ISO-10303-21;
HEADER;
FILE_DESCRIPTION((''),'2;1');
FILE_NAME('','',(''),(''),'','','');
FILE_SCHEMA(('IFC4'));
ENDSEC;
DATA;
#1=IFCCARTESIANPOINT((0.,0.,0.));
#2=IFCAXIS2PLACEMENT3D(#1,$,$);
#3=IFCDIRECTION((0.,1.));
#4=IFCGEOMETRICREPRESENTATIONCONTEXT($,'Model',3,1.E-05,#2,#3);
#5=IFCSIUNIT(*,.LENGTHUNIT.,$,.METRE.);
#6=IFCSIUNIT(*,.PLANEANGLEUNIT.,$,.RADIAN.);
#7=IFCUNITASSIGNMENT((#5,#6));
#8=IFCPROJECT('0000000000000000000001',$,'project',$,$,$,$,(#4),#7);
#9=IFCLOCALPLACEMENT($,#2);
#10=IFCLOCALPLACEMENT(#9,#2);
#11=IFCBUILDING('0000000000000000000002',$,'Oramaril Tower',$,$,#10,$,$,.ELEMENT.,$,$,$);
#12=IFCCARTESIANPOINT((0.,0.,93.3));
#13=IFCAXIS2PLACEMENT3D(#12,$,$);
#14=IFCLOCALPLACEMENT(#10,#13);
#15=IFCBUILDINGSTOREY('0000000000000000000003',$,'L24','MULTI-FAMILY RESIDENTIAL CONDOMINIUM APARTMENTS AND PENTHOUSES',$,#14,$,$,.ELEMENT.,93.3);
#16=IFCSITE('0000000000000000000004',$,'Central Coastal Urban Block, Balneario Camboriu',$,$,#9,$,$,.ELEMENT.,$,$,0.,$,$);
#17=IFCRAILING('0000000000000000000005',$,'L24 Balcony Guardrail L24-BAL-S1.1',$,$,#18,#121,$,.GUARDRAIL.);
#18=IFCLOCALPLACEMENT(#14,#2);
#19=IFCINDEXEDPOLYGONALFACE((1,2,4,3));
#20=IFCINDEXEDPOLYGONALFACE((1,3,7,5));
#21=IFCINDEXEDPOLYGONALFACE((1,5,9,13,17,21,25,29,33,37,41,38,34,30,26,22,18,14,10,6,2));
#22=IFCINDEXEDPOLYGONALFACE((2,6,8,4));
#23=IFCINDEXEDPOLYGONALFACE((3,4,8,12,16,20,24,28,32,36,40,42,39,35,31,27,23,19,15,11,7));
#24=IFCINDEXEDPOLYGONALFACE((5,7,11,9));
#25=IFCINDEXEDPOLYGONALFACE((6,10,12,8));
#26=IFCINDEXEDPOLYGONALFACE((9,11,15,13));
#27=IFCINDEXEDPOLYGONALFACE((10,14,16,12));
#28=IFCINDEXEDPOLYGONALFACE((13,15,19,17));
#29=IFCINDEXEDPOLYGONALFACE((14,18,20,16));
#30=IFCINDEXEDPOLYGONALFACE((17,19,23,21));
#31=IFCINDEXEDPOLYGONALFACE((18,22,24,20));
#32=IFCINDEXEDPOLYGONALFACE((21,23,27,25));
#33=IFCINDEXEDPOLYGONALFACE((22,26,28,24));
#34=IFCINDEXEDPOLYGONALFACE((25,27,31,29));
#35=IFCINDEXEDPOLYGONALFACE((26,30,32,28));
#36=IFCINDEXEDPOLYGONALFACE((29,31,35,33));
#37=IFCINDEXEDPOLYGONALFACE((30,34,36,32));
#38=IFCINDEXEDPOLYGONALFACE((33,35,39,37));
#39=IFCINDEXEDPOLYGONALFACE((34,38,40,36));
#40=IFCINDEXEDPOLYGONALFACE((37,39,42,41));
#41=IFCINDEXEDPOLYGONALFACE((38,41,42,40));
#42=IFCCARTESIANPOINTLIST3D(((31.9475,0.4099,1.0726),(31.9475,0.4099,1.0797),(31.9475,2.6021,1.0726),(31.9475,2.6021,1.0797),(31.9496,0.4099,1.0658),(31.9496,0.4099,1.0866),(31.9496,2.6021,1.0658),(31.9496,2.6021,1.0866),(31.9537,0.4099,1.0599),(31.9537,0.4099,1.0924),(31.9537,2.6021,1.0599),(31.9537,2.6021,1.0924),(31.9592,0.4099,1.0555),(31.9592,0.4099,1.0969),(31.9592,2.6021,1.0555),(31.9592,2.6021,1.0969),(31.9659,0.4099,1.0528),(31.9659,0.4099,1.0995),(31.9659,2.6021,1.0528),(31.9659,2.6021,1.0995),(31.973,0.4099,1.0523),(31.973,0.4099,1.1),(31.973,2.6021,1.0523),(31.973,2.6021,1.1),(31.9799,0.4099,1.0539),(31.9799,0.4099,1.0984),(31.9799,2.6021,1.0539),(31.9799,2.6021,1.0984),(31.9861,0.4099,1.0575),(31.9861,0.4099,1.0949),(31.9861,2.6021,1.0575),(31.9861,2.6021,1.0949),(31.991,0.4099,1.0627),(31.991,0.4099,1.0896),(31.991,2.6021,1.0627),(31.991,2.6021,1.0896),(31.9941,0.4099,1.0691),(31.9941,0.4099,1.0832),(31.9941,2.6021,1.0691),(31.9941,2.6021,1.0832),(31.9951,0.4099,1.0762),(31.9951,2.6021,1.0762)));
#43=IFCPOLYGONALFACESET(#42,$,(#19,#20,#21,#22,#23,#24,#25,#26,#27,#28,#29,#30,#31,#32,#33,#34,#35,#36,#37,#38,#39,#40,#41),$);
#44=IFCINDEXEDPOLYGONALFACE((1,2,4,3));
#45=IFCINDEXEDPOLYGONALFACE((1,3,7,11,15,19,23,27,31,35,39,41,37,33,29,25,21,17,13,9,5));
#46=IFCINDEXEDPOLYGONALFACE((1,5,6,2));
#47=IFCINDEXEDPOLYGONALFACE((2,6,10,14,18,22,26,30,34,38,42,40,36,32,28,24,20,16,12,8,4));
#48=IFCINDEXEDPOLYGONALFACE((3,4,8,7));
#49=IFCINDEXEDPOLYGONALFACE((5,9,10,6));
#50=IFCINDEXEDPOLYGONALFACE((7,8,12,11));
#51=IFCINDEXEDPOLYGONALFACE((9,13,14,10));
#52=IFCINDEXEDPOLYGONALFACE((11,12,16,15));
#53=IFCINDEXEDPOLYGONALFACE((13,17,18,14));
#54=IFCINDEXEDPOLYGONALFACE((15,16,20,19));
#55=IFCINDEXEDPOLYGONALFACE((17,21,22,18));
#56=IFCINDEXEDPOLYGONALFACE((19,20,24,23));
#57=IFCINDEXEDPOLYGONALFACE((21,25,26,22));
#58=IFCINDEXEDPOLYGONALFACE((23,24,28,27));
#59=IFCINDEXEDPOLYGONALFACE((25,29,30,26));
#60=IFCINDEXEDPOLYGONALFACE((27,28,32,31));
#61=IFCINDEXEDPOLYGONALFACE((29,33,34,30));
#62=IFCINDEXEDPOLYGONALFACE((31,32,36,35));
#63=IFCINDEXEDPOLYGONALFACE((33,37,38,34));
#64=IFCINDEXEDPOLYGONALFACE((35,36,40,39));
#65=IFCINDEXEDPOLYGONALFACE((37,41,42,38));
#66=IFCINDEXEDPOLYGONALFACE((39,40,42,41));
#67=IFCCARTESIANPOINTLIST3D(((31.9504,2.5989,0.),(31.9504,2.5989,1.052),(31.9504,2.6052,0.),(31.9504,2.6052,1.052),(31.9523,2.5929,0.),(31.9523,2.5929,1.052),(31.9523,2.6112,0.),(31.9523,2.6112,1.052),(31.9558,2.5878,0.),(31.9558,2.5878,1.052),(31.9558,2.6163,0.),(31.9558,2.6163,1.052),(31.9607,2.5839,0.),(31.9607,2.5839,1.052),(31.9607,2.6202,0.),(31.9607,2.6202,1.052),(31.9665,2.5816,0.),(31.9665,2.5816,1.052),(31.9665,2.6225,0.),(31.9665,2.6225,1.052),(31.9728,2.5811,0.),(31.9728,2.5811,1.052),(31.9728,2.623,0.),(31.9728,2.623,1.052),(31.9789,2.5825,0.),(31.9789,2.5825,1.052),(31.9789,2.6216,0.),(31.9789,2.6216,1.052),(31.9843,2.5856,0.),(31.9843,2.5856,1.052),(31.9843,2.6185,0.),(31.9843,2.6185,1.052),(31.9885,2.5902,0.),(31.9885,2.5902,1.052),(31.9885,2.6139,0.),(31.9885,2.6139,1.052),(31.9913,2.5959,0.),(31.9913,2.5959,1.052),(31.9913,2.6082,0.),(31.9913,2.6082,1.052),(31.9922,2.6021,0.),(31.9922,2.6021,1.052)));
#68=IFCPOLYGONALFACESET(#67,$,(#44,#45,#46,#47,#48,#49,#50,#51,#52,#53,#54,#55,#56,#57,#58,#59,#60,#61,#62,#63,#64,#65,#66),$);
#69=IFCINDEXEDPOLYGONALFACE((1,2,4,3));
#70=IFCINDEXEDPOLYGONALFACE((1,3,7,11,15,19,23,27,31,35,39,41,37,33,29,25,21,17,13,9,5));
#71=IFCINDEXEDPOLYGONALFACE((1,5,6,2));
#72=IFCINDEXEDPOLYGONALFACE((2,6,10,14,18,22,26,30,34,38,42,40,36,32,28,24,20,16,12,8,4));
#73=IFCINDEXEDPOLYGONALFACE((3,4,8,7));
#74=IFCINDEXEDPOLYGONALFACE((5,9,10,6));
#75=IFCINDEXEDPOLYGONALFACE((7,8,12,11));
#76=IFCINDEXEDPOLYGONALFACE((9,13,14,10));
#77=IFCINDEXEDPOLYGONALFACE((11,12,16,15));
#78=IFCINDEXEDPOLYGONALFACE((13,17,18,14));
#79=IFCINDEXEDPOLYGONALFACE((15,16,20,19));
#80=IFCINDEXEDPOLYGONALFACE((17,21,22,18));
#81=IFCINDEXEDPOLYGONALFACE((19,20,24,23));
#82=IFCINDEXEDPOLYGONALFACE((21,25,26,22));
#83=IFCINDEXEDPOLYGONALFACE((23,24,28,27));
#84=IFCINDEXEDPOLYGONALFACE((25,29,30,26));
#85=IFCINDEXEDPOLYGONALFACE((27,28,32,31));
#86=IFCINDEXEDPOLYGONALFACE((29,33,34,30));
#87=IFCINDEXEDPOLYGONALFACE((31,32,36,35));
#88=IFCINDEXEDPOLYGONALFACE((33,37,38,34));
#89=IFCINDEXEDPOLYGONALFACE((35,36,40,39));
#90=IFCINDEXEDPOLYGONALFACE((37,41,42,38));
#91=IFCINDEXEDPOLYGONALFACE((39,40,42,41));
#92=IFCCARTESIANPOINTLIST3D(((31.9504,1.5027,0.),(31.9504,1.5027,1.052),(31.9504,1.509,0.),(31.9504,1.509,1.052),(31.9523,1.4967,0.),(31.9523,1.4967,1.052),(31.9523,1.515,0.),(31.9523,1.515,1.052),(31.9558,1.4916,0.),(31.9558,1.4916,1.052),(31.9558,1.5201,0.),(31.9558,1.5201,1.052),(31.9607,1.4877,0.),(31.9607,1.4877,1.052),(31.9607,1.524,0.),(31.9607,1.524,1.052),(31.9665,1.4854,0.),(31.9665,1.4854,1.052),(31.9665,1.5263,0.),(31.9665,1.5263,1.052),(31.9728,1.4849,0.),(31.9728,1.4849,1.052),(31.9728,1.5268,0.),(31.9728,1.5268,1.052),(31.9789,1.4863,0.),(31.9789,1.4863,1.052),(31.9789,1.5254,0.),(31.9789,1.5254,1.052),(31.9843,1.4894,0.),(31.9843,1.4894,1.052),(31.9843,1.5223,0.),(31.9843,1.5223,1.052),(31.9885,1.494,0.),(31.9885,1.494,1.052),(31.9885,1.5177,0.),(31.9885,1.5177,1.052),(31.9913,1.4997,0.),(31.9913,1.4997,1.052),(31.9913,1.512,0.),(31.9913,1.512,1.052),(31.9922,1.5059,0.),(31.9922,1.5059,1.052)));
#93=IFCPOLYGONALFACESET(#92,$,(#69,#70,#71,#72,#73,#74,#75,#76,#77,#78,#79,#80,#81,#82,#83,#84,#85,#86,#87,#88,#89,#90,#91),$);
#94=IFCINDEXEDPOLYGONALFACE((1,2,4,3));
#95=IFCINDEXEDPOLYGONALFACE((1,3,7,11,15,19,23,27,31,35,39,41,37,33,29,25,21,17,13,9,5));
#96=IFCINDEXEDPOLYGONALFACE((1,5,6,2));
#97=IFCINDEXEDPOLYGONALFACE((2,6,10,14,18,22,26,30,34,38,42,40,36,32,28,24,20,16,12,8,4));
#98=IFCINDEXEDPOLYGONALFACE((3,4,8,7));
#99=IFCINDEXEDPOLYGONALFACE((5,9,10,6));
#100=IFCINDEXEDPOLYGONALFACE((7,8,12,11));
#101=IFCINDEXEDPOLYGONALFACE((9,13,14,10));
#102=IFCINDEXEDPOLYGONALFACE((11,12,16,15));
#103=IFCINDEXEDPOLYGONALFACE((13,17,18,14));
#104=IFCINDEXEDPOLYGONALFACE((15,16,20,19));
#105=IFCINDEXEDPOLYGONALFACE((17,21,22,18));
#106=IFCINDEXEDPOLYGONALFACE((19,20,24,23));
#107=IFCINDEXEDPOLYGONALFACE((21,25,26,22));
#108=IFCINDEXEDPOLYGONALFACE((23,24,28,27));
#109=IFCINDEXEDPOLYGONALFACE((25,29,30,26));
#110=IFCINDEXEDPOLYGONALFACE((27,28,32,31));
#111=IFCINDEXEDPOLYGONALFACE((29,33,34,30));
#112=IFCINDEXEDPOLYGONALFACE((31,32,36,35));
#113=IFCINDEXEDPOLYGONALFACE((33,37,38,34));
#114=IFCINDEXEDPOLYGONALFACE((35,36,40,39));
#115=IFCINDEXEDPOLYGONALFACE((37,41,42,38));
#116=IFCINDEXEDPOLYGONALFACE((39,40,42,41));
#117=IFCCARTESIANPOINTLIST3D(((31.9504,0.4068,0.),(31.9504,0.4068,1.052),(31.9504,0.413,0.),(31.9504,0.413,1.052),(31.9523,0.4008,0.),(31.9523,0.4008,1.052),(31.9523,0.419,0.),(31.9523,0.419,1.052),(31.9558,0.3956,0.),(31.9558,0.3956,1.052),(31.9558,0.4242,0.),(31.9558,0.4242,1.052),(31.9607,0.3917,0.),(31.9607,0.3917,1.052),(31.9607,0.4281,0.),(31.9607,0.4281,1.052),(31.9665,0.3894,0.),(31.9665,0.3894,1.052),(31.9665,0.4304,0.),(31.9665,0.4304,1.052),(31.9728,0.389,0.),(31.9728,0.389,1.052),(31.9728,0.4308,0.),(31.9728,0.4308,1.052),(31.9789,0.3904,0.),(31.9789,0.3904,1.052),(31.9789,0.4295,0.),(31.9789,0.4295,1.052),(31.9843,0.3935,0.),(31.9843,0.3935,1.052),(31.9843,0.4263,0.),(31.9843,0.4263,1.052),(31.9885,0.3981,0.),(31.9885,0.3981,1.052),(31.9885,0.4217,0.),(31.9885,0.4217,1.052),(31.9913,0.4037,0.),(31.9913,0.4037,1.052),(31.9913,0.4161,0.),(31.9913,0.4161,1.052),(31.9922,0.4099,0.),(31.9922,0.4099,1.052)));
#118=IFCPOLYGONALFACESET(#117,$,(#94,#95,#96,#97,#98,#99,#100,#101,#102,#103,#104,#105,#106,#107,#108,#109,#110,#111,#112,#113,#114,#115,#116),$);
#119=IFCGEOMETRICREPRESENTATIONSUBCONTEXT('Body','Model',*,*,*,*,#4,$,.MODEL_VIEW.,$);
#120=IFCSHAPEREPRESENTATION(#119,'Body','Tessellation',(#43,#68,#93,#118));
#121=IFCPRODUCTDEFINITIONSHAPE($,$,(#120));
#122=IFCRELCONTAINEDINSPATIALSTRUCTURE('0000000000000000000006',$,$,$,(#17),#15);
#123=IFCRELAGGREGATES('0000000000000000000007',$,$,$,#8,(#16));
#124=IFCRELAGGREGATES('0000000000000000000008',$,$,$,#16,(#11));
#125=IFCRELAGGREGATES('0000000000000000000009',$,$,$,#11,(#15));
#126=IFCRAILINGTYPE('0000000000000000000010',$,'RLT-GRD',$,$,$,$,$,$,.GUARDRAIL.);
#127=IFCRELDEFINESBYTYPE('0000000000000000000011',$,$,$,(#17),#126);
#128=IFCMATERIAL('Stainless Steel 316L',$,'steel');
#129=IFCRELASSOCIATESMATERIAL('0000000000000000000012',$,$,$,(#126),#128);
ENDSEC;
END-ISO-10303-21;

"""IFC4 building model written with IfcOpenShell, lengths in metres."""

from ifc_helpers import new_model, si_unit, direction, frame, origin, origin_2d, place, context, subcontext, project, spatial, circle, extrude, material, type_object, element, save


model = new_model("IFC4")

# Units and contexts
model_context = context("Model", 3, precision=1e-05, world=origin(), true_north=direction((0.0, 1.0)))
body_context = subcontext(model_context, "Body", "Model", "MODEL_VIEW")
ifc_project = project(units=[si_unit("LENGTHUNIT", "METRE"), si_unit("PLANEANGLEUNIT", "RADIAN")], contexts=[model_context])

# Site, building, storey
site_placement = place(None, origin())
site = spatial("IfcSite", under=ifc_project, at=site_placement, Name="Central Coastal Urban Block, Balneario Camboriu", CompositionType="ELEMENT", RefElevation=0.0)
building_placement = place(site_placement, origin())
building = spatial("IfcBuilding", under=site, at=building_placement, Name="Oramaril Tower", CompositionType="ELEMENT")
storey_placement = place(building_placement, frame((0.0, 0.0, 93.3)))
storey = spatial("IfcBuildingStorey", under=building, at=storey_placement, Name="L24", Description="MULTI-FAMILY RESIDENTIAL CONDOMINIUM APARTMENTS AND PENTHOUSES", CompositionType="ELEMENT", Elevation=93.3)

# Railing
ifc_material_1 = material(Name="Stainless Steel 316L", Category="steel")
railing_type = type_object("IfcRailingType", Name="RLT-GRD", PredefinedType="GUARDRAIL", material=ifc_material_1)
railing_1_placement = place(storey_placement, frame((31.9712, 2.6021, 0.0)))
element("IfcRailing", 1, at=railing_1_placement, inside=storey, type_object=railing_type, Name="L24 Balcony Guardrail L24-BAL-S1.1", PredefinedType="GUARDRAIL", context=body_context, shape_type="SweptSolid", body=[
    extrude(circle(Radius=0.0239, at=origin_2d()), frame((0.0, 0.0, 1.0762), z_axis=(0.0, -1.0, 0.0), x_axis=(1.0, 0.0, 0.0)), (0.0, 0.0, 1.0), 2.1921),
    extrude(circle(Radius=0.021, at=origin_2d()), origin(), (0.0, 0.0, 1.0), 1.052),
    extrude(circle(Radius=0.021, at=origin_2d()), frame((0.0, -1.0962, 0.0)), (0.0, 0.0, 1.0), 1.052),
    extrude(circle(Radius=0.021, at=origin_2d()), frame((0.0, -2.1921, 0.0)), (0.0, 0.0, 1.0), 1.052),
])

save(model, "model.ifc")
